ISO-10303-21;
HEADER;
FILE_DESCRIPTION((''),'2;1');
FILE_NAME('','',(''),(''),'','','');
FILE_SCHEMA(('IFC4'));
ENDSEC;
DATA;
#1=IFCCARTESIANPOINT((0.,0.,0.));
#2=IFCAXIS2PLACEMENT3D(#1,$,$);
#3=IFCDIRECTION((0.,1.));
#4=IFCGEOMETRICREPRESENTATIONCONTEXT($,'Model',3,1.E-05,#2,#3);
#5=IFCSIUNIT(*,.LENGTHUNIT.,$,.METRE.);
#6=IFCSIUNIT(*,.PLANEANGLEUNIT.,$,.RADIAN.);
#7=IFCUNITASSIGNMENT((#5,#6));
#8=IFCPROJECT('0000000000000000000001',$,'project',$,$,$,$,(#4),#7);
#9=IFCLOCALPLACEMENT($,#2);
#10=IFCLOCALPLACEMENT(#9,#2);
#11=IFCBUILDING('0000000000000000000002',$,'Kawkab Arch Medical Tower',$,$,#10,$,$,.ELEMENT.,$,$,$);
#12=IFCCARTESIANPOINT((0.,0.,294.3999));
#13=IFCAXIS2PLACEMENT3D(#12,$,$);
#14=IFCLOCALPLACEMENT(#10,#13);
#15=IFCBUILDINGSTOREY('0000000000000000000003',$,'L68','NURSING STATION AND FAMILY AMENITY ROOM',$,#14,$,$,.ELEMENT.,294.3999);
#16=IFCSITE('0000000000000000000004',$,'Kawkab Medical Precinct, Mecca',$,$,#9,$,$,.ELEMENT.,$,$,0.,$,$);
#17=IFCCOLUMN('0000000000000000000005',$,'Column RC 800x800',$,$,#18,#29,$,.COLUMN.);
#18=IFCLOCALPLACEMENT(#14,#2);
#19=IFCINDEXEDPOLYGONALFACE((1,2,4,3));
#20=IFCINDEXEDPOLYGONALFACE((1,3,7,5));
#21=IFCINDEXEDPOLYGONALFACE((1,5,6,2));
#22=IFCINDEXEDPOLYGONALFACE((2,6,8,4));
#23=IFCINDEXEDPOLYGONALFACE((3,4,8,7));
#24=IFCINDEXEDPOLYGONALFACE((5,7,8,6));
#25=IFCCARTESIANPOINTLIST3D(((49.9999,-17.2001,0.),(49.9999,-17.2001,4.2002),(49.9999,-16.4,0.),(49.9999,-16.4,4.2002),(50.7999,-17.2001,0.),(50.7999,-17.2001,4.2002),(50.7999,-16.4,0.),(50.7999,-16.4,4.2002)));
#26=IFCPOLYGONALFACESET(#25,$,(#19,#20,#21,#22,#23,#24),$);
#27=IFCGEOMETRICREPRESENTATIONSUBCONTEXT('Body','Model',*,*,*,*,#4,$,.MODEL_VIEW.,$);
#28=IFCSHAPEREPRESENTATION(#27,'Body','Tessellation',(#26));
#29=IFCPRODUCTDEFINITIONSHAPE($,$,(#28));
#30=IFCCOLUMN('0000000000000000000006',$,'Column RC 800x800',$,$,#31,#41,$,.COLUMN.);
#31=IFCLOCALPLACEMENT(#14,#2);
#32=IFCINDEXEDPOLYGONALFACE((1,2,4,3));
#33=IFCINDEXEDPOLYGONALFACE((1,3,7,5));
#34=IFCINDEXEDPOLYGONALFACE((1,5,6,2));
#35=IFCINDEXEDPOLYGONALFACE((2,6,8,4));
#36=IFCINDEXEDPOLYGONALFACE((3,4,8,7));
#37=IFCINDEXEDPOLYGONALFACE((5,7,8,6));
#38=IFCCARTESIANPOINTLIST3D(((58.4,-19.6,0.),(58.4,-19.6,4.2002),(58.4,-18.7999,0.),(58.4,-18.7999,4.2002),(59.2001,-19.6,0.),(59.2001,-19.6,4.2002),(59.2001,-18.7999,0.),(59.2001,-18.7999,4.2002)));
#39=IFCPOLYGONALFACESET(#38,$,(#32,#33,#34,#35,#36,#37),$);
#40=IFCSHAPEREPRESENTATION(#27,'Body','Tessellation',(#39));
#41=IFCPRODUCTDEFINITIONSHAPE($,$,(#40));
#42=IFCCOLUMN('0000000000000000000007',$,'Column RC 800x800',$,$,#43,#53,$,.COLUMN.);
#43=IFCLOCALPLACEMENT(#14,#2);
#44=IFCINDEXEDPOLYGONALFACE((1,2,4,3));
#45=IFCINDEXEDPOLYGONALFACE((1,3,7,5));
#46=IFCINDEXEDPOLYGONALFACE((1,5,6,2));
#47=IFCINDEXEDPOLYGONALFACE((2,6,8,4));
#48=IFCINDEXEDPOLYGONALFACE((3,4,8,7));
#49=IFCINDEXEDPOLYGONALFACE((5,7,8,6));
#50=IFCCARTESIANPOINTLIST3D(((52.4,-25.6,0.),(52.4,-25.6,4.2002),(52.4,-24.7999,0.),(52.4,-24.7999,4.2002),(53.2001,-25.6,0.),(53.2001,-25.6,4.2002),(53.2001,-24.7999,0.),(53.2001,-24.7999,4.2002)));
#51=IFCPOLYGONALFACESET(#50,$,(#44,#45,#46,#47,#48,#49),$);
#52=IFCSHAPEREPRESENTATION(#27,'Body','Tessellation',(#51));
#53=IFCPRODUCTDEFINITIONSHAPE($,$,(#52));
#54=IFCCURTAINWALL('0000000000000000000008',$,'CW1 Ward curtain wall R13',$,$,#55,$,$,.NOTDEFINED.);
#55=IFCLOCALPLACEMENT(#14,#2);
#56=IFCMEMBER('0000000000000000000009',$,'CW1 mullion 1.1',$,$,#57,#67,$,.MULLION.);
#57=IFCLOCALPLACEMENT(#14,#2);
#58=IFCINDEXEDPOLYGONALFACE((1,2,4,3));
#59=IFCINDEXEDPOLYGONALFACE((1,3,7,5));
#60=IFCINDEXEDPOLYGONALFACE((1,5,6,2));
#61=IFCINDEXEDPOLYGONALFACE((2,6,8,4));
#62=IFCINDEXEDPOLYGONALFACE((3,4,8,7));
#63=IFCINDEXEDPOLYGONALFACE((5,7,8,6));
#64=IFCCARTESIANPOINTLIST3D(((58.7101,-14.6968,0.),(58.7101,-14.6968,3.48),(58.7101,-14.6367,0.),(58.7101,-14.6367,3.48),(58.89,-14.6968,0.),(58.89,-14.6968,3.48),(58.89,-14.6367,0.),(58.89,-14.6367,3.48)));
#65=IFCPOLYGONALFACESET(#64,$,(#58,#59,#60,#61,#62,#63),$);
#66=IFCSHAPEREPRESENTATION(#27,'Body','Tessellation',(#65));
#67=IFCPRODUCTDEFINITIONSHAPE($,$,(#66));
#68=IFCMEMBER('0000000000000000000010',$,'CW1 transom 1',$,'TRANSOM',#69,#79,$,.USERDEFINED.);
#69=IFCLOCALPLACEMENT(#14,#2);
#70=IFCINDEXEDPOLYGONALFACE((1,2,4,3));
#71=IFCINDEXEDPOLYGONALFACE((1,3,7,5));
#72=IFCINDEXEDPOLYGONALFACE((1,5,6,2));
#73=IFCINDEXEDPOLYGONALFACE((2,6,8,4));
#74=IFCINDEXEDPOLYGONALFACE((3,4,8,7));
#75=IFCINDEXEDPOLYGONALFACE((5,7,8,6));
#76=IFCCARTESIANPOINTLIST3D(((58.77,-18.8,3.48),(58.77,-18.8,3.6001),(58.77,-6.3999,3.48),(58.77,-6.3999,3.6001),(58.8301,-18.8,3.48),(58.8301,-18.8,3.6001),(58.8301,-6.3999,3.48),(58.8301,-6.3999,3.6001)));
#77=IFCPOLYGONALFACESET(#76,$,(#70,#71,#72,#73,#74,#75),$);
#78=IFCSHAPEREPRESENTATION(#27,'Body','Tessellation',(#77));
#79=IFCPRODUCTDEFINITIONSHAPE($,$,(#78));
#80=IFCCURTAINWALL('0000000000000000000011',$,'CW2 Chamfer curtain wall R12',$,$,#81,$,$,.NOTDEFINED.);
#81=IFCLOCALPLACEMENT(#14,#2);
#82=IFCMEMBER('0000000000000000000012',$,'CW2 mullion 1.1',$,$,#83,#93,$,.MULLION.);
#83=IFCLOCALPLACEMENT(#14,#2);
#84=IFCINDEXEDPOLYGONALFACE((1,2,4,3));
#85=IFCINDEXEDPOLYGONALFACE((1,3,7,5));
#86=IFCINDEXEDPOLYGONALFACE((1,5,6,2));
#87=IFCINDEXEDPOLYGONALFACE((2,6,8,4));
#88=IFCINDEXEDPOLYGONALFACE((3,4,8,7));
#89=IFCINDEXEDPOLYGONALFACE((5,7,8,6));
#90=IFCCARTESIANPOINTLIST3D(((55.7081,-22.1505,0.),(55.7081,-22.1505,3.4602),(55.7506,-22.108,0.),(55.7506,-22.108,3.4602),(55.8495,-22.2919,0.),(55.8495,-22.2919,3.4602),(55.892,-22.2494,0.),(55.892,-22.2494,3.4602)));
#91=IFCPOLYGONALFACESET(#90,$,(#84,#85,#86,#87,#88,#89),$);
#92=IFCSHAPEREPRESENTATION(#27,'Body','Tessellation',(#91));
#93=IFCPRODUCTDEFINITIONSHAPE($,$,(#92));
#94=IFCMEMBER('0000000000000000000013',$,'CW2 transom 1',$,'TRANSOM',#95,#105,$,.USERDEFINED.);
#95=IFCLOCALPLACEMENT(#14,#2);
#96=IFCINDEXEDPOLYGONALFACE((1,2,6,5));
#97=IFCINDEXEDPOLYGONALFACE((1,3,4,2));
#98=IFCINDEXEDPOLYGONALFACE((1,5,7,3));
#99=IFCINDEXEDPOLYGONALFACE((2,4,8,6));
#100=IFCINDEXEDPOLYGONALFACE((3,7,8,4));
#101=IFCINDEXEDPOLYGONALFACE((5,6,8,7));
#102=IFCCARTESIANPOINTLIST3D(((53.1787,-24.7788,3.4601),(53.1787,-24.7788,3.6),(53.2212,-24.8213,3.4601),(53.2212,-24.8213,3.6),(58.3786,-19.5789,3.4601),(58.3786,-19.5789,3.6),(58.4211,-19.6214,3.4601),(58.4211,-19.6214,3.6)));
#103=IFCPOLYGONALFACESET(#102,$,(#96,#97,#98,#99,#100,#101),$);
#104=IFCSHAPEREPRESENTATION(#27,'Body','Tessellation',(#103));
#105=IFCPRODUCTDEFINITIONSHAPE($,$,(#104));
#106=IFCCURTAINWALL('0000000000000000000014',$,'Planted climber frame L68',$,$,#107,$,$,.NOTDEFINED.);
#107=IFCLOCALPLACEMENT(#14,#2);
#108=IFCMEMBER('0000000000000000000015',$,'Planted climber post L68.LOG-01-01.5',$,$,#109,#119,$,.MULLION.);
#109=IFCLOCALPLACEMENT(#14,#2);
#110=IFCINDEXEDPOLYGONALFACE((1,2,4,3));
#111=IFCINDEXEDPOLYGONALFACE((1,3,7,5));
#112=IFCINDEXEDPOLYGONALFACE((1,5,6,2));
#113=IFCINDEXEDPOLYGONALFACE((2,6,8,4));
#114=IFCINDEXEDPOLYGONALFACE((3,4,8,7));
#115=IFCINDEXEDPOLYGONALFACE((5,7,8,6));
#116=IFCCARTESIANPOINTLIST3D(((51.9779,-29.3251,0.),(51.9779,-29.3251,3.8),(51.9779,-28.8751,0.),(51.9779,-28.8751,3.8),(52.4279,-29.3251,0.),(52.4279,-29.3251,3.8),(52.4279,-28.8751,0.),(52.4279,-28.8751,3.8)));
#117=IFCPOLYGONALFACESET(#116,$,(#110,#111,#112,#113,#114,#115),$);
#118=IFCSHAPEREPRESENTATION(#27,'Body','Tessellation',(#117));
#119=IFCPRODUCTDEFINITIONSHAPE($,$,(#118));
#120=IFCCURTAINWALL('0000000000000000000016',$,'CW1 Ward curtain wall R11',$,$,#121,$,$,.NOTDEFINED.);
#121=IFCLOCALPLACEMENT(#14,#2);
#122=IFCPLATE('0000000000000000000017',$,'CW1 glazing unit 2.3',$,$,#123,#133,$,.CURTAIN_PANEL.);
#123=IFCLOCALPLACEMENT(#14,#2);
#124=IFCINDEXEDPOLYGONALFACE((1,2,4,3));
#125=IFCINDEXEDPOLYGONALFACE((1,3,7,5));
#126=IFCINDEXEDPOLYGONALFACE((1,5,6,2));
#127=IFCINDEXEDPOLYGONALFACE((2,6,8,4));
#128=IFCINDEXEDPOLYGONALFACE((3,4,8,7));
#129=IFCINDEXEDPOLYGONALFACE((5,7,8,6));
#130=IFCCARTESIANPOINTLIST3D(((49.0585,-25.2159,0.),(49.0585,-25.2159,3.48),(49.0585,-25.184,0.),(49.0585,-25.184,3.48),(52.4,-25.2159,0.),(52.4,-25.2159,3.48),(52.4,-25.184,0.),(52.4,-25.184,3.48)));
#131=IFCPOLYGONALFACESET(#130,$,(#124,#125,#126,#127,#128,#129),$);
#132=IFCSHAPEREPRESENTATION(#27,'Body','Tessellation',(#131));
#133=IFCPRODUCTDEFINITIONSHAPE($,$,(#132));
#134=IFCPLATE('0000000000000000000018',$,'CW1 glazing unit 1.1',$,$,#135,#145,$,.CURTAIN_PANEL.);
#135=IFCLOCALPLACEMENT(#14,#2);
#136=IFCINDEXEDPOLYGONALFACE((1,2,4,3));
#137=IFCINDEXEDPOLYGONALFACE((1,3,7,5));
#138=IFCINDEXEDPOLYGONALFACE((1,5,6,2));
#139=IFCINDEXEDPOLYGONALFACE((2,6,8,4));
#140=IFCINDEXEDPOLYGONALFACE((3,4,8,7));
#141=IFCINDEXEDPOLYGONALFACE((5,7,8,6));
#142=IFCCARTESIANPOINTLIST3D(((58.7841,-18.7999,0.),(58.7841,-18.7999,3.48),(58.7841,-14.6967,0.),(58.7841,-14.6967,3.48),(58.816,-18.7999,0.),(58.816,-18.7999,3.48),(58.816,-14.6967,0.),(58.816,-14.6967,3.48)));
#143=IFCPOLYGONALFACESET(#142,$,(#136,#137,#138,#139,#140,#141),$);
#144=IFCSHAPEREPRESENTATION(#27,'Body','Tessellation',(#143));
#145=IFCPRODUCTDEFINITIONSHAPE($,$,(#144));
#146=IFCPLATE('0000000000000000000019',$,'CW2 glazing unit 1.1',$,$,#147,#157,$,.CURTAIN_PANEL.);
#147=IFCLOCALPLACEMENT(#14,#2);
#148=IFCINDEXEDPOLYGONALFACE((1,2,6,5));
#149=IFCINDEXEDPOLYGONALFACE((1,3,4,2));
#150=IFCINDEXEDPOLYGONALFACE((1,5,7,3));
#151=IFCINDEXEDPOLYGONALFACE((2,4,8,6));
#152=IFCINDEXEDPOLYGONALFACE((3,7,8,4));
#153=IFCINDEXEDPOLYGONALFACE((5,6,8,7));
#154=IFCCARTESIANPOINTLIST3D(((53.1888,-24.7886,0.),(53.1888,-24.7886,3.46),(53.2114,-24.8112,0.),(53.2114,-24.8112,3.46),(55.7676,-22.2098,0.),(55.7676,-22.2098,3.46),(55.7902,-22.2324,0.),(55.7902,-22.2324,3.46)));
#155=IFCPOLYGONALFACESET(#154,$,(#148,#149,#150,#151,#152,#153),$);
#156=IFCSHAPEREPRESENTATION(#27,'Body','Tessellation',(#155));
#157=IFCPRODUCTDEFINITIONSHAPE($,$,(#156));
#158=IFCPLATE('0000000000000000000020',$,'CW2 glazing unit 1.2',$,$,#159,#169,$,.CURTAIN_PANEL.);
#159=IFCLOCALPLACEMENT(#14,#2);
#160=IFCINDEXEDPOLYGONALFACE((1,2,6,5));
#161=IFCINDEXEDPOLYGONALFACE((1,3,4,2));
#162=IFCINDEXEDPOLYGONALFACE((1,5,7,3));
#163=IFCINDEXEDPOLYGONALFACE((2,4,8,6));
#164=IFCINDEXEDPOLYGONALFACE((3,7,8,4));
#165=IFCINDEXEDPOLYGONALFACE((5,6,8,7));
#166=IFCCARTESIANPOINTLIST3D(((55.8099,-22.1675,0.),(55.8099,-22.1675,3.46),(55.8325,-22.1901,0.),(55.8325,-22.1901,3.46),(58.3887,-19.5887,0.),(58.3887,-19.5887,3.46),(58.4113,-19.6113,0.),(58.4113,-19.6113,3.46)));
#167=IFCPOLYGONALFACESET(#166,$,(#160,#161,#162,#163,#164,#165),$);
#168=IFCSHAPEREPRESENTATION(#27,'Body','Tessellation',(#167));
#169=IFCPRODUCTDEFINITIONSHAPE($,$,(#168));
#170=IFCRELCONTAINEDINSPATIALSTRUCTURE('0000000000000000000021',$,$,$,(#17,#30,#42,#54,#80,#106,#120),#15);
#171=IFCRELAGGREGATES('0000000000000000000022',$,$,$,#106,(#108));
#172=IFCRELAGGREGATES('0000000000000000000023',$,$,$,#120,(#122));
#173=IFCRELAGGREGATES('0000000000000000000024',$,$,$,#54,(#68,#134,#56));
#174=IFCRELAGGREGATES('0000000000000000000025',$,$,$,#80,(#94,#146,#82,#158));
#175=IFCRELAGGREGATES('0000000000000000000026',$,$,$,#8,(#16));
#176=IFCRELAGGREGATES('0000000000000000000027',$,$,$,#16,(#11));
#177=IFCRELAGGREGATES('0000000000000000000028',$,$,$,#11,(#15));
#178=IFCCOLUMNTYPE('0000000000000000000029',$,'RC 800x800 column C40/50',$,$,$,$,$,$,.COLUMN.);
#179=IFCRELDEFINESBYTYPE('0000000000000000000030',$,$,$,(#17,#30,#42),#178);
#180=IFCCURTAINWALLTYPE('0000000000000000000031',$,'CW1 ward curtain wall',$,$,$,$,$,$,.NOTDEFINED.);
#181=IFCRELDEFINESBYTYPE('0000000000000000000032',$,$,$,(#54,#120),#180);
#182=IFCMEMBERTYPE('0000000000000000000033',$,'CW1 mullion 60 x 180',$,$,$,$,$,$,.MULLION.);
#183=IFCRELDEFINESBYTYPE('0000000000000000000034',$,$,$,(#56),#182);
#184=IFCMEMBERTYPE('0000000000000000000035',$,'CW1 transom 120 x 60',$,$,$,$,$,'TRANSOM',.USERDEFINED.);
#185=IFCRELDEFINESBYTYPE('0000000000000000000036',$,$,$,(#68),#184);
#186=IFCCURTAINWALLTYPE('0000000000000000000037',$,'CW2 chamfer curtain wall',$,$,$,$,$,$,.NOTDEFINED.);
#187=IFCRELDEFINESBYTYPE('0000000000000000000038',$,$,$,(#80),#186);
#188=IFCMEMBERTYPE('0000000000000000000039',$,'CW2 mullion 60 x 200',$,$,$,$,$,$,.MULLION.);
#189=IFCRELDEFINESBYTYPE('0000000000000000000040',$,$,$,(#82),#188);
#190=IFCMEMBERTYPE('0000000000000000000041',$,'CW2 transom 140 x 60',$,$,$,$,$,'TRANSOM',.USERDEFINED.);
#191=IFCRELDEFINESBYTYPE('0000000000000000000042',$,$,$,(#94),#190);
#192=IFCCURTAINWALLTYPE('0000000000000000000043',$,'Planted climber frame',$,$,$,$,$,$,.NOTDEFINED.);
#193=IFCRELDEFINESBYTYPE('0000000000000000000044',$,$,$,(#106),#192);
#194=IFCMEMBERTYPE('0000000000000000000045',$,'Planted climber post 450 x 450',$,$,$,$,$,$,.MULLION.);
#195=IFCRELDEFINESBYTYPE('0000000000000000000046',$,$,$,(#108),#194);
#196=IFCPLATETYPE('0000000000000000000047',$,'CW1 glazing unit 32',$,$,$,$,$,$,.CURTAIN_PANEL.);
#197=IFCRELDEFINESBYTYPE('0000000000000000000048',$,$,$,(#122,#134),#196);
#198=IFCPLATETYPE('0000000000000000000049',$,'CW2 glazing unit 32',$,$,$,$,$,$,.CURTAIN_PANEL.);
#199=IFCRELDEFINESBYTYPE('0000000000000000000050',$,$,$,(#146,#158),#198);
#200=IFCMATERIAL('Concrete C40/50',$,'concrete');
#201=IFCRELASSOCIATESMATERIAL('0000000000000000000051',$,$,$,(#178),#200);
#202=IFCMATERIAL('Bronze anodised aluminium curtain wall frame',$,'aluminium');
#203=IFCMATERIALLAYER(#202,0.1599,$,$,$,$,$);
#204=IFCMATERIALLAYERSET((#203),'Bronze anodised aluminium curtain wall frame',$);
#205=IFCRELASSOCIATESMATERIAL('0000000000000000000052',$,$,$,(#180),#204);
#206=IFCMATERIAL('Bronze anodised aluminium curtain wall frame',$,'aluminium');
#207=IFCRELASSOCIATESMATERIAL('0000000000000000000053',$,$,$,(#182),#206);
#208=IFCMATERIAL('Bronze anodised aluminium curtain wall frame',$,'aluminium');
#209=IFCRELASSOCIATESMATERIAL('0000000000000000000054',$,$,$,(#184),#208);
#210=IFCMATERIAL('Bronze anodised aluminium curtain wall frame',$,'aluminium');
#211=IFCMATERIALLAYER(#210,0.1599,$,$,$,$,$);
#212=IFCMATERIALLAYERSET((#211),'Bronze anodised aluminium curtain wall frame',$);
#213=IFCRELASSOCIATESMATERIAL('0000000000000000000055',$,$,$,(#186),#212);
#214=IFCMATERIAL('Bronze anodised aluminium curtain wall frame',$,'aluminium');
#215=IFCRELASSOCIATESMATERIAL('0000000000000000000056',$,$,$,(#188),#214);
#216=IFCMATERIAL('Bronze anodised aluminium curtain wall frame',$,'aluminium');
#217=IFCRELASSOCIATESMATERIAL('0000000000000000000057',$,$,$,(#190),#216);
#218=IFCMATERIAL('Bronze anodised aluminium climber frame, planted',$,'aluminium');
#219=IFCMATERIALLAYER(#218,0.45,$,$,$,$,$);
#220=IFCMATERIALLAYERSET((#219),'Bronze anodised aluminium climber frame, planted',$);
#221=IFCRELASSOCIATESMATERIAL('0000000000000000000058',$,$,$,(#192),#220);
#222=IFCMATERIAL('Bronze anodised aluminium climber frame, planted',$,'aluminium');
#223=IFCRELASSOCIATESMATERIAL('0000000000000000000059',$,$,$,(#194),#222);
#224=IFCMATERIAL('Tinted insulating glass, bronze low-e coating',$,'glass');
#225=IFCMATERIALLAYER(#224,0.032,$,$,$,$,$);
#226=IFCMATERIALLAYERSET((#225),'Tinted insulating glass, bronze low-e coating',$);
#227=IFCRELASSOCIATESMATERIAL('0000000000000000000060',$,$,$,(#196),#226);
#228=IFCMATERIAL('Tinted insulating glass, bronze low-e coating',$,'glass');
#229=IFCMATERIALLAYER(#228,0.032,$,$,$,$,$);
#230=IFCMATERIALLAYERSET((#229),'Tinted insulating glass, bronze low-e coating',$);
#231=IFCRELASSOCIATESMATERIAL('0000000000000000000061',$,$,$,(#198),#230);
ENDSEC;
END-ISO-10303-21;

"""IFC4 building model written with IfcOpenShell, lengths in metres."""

from ifc_helpers import new_model, si_unit, direction, frame, origin, origin_2d, place, context, subcontext, project, spatial, rectangle, extrude, material, layer, layer_set, material_profile, profile_set, type_object, element, aggregate, save


model = new_model("IFC4")

# Units and contexts
model_context = context("Model", 3, precision=1e-05, world=origin(), true_north=direction((0.0, 1.0)))
body_context = subcontext(model_context, "Body", "Model", "MODEL_VIEW")
ifc_project = project(units=[si_unit("LENGTHUNIT", "METRE"), si_unit("PLANEANGLEUNIT", "RADIAN")], contexts=[model_context])

# Site, building, storey
site_placement = place(None, origin())
site = spatial("IfcSite", under=ifc_project, at=site_placement, Name="Kawkab Medical Precinct, Mecca", CompositionType="ELEMENT", RefElevation=0.0)
building_placement = place(site_placement, origin())
building = spatial("IfcBuilding", under=site, at=building_placement, Name="Kawkab Arch Medical Tower", CompositionType="ELEMENT")
storey_placement = place(building_placement, frame((0.0, 0.0, 294.3999)))
storey = spatial("IfcBuildingStorey", under=building, at=storey_placement, Name="L68", Description="NURSING STATION AND FAMILY AMENITY ROOM", CompositionType="ELEMENT", Elevation=294.3999)

# Columns
ifc_material_1 = material(Name="Concrete C40/50", Category="concrete")
ifc_material_profile_1 = material_profile(ifc_material_1, rectangle(XDim=0.8, YDim=0.8, at=origin_2d()), Name="RC 800x800")
ifc_profile_set_1 = profile_set([ifc_material_profile_1], Name="Concrete C40/50")
column_type = type_object("IfcColumnType", Name="RC 800x800 column C40/50", PredefinedType="COLUMN", material=ifc_profile_set_1)
for number, where, z_axis, x_axis, name in (
    (1, (50.3999, -16.8, 0.0), (0.0, 0.0, 1.0), (1.0, 0.0, 0.0), "Column RC 800x800"),
    (2, (58.8, -19.2, 0.0), (0.0, 0.0, 1.0), (1.0, 0.0, 0.0), "Column RC 800x800"),
    (3, (52.8, -25.2, 0.0), (0.0, 0.0, 1.0), (1.0, 0.0, 0.0), "Column RC 800x800"),
):
    element("IfcColumn", number, at=place(storey_placement, frame(where, z_axis=z_axis, x_axis=x_axis)), inside=storey, type_object=column_type, Name=name, PredefinedType="COLUMN", context=body_context, shape_type="SweptSolid", body=[
        extrude(rectangle(XDim=0.8, YDim=0.8, at=origin_2d()), origin(), (0.0, 0.0, 1.0), 4.2002),
    ])

# Curtain walls, members
ifc_material_2 = material(Name="Bronze anodised aluminium curtain wall frame", Category="aluminium")
ifc_layer_1 = layer(ifc_material_2, 0.1599)
ifc_layer_set_1 = layer_set([ifc_layer_1], Name="Bronze anodised aluminium curtain wall frame")
curtain_wall_type_1 = type_object("IfcCurtainWallType", Name="CW1 ward curtain wall", PredefinedType="NOTDEFINED", material=ifc_layer_set_1)
placement = place(storey_placement, origin())
curtain_wall_1 = element("IfcCurtainWall", 4, at=placement, inside=storey, type_object=curtain_wall_type_1, Name="CW1 Ward curtain wall R13", PredefinedType="NOTDEFINED")
ifc_material_3 = material(Name="Bronze anodised aluminium curtain wall frame", Category="aluminium")
ifc_material_profile_2 = material_profile(ifc_material_3, rectangle(XDim=0.1799, YDim=0.0601, at=origin_2d()), Name="AL 60x180")
ifc_profile_set_2 = profile_set([ifc_material_profile_2], Name="Bronze anodised aluminium curtain wall frame")
member_type_1 = type_object("IfcMemberType", Name="CW1 mullion 60 x 180", PredefinedType="MULLION", material=ifc_profile_set_2)
member_1_placement = place(storey_placement, frame((58.8, -14.6667, 0.0), z_axis=(0.0, 0.0, 1.0), x_axis=(-1.0, 0.0, 0.0)))
member_1 = element("IfcMember", 5, at=member_1_placement, type_object=member_type_1, Name="CW1 mullion 1.1", PredefinedType="MULLION", context=body_context, shape_type="SweptSolid", body=[
    extrude(rectangle(XDim=0.1799, YDim=0.0601, at=origin_2d()), origin(), (0.0, 0.0, 1.0), 3.48),
])
ifc_material_4 = material(Name="Bronze anodised aluminium curtain wall frame", Category="aluminium")
ifc_material_profile_3 = material_profile(ifc_material_4, rectangle(XDim=0.0601, YDim=0.1201, at=origin_2d()), Name="AL 60x120")
ifc_profile_set_3 = profile_set([ifc_material_profile_3], Name="Bronze anodised aluminium curtain wall frame")
member_type_2 = type_object("IfcMemberType", Name="CW1 transom 120 x 60", ElementType="TRANSOM", PredefinedType="USERDEFINED", material=ifc_profile_set_3)
member_2_placement = place(storey_placement, frame((58.8, -18.8, 3.54), z_axis=(0.0, 1.0, 0.0), x_axis=(-1.0, 0.0, 0.0)))
member_2 = element("IfcMember", 6, at=member_2_placement, type_object=member_type_2, Name="CW1 transom 1", ObjectType="TRANSOM", PredefinedType="USERDEFINED", context=body_context, shape_type="SweptSolid", body=[
    extrude(rectangle(XDim=0.0601, YDim=0.1201, at=origin_2d()), origin(), (0.0, 0.0, 1.0), 12.4001),
])
ifc_material_5 = material(Name="Bronze anodised aluminium curtain wall frame", Category="aluminium")
ifc_layer_2 = layer(ifc_material_5, 0.1599)
ifc_layer_set_2 = layer_set([ifc_layer_2], Name="Bronze anodised aluminium curtain wall frame")
curtain_wall_type_2 = type_object("IfcCurtainWallType", Name="CW2 chamfer curtain wall", PredefinedType="NOTDEFINED", material=ifc_layer_set_2)
curtain_wall_2 = element("IfcCurtainWall", 7, at=placement, inside=storey, type_object=curtain_wall_type_2, Name="CW2 Chamfer curtain wall R12", PredefinedType="NOTDEFINED")
ifc_material_6 = material(Name="Bronze anodised aluminium curtain wall frame", Category="aluminium")
ifc_material_profile_4 = material_profile(ifc_material_6, rectangle(XDim=0.2, YDim=0.0601, at=origin_2d()), Name="AL 60x200")
ifc_profile_set_4 = profile_set([ifc_material_profile_4], Name="Bronze anodised aluminium curtain wall frame")
member_type_3 = type_object("IfcMemberType", Name="CW2 mullion 60 x 200", PredefinedType="MULLION", material=ifc_profile_set_4)
member_3_placement = place(storey_placement, frame((55.8, -22.2, 0.0), z_axis=(0.0, 0.0, 1.0), x_axis=(-0.707107, 0.707107, 0.0)))
member_3 = element("IfcMember", 8, at=member_3_placement, type_object=member_type_3, Name="CW2 mullion 1.1", PredefinedType="MULLION", context=body_context, shape_type="SweptSolid", body=[
    extrude(rectangle(XDim=0.2, YDim=0.0601, at=origin_2d()), origin(), (0.0, 0.0, 1.0), 3.4602),
])
ifc_material_7 = material(Name="Bronze anodised aluminium curtain wall frame", Category="aluminium")
ifc_material_profile_5 = material_profile(ifc_material_7, rectangle(XDim=0.0601, YDim=0.1399, at=origin_2d()), Name="AL 60x140")
ifc_profile_set_5 = profile_set([ifc_material_profile_5], Name="Bronze anodised aluminium curtain wall frame")
member_type_4 = type_object("IfcMemberType", Name="CW2 transom 140 x 60", ElementType="TRANSOM", PredefinedType="USERDEFINED", material=ifc_profile_set_5)
member_4_placement = place(storey_placement, frame((53.2, -24.8, 3.53), z_axis=(0.707107, 0.707107, 0.0), x_axis=(-0.707107, 0.707107, 0.0)))
member_4 = element("IfcMember", 9, at=member_4_placement, type_object=member_type_4, Name="CW2 transom 1", ObjectType="TRANSOM", PredefinedType="USERDEFINED", context=body_context, shape_type="SweptSolid", body=[
    extrude(rectangle(XDim=0.0601, YDim=0.1399, at=origin_2d()), origin(), (0.0, 0.0, 1.0), 7.3538),
])

# Curtain wall, member
ifc_material_8 = material(Name="Bronze anodised aluminium climber frame, planted", Category="aluminium")
ifc_layer_3 = layer(ifc_material_8, 0.45)
ifc_layer_set_3 = layer_set([ifc_layer_3], Name="Bronze anodised aluminium climber frame, planted")
curtain_wall_type_3 = type_object("IfcCurtainWallType", Name="Planted climber frame", PredefinedType="NOTDEFINED", material=ifc_layer_set_3)
curtain_wall_3 = element("IfcCurtainWall", 10, at=placement, inside=storey, type_object=curtain_wall_type_3, Name="Planted climber frame L68", PredefinedType="NOTDEFINED")
ifc_material_9 = material(Name="Bronze anodised aluminium climber frame, planted", Category="aluminium")
ifc_material_profile_6 = material_profile(ifc_material_9, rectangle(XDim=0.45, YDim=0.45, at=origin_2d()), Name="Post 450x450")
ifc_profile_set_6 = profile_set([ifc_material_profile_6], Name="Bronze anodised aluminium climber frame, planted")
member_type_5 = type_object("IfcMemberType", Name="Planted climber post 450 x 450", PredefinedType="MULLION", material=ifc_profile_set_6)
member_5_placement = place(storey_placement, frame((52.2029, -29.1001, 0.0), z_axis=(0.0, 0.0, 1.0), x_axis=(1.0, 0.0, 0.0)))
member_5 = element("IfcMember", 11, at=member_5_placement, type_object=member_type_5, Name="Planted climber post L68.LOG-01-01.5", PredefinedType="MULLION", context=body_context, shape_type="SweptSolid", body=[
    extrude(rectangle(XDim=0.45, YDim=0.45, at=origin_2d()), origin(), (0.0, 0.0, 1.0), 3.8),
])
aggregate(curtain_wall_3, [member_5])

# Curtain wall, plate
curtain_wall_4 = element("IfcCurtainWall", 12, at=placement, inside=storey, type_object=curtain_wall_type_1, Name="CW1 Ward curtain wall R11", PredefinedType="NOTDEFINED")
ifc_material_10 = material(Name="Tinted insulating glass, bronze low-e coating", Category="glass")
ifc_layer_4 = layer(ifc_material_10, 0.032)
ifc_layer_set_4 = layer_set([ifc_layer_4], Name="Tinted insulating glass, bronze low-e coating")
plate_type_1 = type_object("IfcPlateType", Name="CW1 glazing unit 32", PredefinedType="CURTAIN_PANEL", material=ifc_layer_set_4)
plate_1_placement = place(storey_placement, frame((50.7292, -25.2, 0.0), z_axis=(0.0, 0.0, 1.0), x_axis=(1.0, 0.0, 0.0)))
plate_1 = element("IfcPlate", 13, at=plate_1_placement, type_object=plate_type_1, Name="CW1 glazing unit 2.3", PredefinedType="CURTAIN_PANEL", context=body_context, shape_type="SweptSolid", body=[
    extrude(rectangle(XDim=3.3416, YDim=0.032, at=origin_2d()), origin(), (0.0, 0.0, 1.0), 3.48),
])
aggregate(curtain_wall_4, [plate_1])

# Plates
plate_2_placement = place(storey_placement, frame((58.8, -16.7483, 0.0), z_axis=(0.0, 0.0, 1.0), x_axis=(0.0, 1.0, 0.0)))
plate_2 = element("IfcPlate", 14, at=plate_2_placement, type_object=plate_type_1, Name="CW1 glazing unit 1.1", PredefinedType="CURTAIN_PANEL", context=body_context, shape_type="SweptSolid", body=[
    extrude(rectangle(XDim=4.1033, YDim=0.032, at=origin_2d()), origin(), (0.0, 0.0, 1.0), 3.48),
])
aggregate(curtain_wall_1, [member_2, plate_2, member_1])
ifc_material_11 = material(Name="Tinted insulating glass, bronze low-e coating", Category="glass")
ifc_layer_5 = layer(ifc_material_11, 0.032)
ifc_layer_set_5 = layer_set([ifc_layer_5], Name="Tinted insulating glass, bronze low-e coating")
plate_type_2 = type_object("IfcPlateType", Name="CW2 glazing unit 32", PredefinedType="CURTAIN_PANEL", material=ifc_layer_set_5)
plate_3_placement = place(storey_placement, frame((54.4895, -23.5105, 0.0), z_axis=(0.0, 0.0, 1.0), x_axis=(0.707107, 0.707107, 0.0)))
plate_3 = element("IfcPlate", 15, at=plate_3_placement, type_object=plate_type_2, Name="CW2 glazing unit 1.1", PredefinedType="CURTAIN_PANEL", context=body_context, shape_type="SweptSolid", body=[
    extrude(rectangle(XDim=3.647, YDim=0.032, at=origin_2d()), origin(), (0.0, 0.0, 1.0), 3.46),
])
plate_4_placement = place(storey_placement, frame((57.1106, -20.8894, 0.0), z_axis=(0.0, 0.0, 1.0), x_axis=(0.707107, 0.707107, 0.0)))
plate_4 = element("IfcPlate", 16, at=plate_4_placement, type_object=plate_type_2, Name="CW2 glazing unit 1.2", PredefinedType="CURTAIN_PANEL", context=body_context, shape_type="SweptSolid", body=[
    extrude(rectangle(XDim=3.647, YDim=0.032, at=origin_2d()), origin(), (0.0, 0.0, 1.0), 3.46),
])
aggregate(curtain_wall_2, [member_4, plate_3, member_3, plate_4])

save(model, "model.ifc")
